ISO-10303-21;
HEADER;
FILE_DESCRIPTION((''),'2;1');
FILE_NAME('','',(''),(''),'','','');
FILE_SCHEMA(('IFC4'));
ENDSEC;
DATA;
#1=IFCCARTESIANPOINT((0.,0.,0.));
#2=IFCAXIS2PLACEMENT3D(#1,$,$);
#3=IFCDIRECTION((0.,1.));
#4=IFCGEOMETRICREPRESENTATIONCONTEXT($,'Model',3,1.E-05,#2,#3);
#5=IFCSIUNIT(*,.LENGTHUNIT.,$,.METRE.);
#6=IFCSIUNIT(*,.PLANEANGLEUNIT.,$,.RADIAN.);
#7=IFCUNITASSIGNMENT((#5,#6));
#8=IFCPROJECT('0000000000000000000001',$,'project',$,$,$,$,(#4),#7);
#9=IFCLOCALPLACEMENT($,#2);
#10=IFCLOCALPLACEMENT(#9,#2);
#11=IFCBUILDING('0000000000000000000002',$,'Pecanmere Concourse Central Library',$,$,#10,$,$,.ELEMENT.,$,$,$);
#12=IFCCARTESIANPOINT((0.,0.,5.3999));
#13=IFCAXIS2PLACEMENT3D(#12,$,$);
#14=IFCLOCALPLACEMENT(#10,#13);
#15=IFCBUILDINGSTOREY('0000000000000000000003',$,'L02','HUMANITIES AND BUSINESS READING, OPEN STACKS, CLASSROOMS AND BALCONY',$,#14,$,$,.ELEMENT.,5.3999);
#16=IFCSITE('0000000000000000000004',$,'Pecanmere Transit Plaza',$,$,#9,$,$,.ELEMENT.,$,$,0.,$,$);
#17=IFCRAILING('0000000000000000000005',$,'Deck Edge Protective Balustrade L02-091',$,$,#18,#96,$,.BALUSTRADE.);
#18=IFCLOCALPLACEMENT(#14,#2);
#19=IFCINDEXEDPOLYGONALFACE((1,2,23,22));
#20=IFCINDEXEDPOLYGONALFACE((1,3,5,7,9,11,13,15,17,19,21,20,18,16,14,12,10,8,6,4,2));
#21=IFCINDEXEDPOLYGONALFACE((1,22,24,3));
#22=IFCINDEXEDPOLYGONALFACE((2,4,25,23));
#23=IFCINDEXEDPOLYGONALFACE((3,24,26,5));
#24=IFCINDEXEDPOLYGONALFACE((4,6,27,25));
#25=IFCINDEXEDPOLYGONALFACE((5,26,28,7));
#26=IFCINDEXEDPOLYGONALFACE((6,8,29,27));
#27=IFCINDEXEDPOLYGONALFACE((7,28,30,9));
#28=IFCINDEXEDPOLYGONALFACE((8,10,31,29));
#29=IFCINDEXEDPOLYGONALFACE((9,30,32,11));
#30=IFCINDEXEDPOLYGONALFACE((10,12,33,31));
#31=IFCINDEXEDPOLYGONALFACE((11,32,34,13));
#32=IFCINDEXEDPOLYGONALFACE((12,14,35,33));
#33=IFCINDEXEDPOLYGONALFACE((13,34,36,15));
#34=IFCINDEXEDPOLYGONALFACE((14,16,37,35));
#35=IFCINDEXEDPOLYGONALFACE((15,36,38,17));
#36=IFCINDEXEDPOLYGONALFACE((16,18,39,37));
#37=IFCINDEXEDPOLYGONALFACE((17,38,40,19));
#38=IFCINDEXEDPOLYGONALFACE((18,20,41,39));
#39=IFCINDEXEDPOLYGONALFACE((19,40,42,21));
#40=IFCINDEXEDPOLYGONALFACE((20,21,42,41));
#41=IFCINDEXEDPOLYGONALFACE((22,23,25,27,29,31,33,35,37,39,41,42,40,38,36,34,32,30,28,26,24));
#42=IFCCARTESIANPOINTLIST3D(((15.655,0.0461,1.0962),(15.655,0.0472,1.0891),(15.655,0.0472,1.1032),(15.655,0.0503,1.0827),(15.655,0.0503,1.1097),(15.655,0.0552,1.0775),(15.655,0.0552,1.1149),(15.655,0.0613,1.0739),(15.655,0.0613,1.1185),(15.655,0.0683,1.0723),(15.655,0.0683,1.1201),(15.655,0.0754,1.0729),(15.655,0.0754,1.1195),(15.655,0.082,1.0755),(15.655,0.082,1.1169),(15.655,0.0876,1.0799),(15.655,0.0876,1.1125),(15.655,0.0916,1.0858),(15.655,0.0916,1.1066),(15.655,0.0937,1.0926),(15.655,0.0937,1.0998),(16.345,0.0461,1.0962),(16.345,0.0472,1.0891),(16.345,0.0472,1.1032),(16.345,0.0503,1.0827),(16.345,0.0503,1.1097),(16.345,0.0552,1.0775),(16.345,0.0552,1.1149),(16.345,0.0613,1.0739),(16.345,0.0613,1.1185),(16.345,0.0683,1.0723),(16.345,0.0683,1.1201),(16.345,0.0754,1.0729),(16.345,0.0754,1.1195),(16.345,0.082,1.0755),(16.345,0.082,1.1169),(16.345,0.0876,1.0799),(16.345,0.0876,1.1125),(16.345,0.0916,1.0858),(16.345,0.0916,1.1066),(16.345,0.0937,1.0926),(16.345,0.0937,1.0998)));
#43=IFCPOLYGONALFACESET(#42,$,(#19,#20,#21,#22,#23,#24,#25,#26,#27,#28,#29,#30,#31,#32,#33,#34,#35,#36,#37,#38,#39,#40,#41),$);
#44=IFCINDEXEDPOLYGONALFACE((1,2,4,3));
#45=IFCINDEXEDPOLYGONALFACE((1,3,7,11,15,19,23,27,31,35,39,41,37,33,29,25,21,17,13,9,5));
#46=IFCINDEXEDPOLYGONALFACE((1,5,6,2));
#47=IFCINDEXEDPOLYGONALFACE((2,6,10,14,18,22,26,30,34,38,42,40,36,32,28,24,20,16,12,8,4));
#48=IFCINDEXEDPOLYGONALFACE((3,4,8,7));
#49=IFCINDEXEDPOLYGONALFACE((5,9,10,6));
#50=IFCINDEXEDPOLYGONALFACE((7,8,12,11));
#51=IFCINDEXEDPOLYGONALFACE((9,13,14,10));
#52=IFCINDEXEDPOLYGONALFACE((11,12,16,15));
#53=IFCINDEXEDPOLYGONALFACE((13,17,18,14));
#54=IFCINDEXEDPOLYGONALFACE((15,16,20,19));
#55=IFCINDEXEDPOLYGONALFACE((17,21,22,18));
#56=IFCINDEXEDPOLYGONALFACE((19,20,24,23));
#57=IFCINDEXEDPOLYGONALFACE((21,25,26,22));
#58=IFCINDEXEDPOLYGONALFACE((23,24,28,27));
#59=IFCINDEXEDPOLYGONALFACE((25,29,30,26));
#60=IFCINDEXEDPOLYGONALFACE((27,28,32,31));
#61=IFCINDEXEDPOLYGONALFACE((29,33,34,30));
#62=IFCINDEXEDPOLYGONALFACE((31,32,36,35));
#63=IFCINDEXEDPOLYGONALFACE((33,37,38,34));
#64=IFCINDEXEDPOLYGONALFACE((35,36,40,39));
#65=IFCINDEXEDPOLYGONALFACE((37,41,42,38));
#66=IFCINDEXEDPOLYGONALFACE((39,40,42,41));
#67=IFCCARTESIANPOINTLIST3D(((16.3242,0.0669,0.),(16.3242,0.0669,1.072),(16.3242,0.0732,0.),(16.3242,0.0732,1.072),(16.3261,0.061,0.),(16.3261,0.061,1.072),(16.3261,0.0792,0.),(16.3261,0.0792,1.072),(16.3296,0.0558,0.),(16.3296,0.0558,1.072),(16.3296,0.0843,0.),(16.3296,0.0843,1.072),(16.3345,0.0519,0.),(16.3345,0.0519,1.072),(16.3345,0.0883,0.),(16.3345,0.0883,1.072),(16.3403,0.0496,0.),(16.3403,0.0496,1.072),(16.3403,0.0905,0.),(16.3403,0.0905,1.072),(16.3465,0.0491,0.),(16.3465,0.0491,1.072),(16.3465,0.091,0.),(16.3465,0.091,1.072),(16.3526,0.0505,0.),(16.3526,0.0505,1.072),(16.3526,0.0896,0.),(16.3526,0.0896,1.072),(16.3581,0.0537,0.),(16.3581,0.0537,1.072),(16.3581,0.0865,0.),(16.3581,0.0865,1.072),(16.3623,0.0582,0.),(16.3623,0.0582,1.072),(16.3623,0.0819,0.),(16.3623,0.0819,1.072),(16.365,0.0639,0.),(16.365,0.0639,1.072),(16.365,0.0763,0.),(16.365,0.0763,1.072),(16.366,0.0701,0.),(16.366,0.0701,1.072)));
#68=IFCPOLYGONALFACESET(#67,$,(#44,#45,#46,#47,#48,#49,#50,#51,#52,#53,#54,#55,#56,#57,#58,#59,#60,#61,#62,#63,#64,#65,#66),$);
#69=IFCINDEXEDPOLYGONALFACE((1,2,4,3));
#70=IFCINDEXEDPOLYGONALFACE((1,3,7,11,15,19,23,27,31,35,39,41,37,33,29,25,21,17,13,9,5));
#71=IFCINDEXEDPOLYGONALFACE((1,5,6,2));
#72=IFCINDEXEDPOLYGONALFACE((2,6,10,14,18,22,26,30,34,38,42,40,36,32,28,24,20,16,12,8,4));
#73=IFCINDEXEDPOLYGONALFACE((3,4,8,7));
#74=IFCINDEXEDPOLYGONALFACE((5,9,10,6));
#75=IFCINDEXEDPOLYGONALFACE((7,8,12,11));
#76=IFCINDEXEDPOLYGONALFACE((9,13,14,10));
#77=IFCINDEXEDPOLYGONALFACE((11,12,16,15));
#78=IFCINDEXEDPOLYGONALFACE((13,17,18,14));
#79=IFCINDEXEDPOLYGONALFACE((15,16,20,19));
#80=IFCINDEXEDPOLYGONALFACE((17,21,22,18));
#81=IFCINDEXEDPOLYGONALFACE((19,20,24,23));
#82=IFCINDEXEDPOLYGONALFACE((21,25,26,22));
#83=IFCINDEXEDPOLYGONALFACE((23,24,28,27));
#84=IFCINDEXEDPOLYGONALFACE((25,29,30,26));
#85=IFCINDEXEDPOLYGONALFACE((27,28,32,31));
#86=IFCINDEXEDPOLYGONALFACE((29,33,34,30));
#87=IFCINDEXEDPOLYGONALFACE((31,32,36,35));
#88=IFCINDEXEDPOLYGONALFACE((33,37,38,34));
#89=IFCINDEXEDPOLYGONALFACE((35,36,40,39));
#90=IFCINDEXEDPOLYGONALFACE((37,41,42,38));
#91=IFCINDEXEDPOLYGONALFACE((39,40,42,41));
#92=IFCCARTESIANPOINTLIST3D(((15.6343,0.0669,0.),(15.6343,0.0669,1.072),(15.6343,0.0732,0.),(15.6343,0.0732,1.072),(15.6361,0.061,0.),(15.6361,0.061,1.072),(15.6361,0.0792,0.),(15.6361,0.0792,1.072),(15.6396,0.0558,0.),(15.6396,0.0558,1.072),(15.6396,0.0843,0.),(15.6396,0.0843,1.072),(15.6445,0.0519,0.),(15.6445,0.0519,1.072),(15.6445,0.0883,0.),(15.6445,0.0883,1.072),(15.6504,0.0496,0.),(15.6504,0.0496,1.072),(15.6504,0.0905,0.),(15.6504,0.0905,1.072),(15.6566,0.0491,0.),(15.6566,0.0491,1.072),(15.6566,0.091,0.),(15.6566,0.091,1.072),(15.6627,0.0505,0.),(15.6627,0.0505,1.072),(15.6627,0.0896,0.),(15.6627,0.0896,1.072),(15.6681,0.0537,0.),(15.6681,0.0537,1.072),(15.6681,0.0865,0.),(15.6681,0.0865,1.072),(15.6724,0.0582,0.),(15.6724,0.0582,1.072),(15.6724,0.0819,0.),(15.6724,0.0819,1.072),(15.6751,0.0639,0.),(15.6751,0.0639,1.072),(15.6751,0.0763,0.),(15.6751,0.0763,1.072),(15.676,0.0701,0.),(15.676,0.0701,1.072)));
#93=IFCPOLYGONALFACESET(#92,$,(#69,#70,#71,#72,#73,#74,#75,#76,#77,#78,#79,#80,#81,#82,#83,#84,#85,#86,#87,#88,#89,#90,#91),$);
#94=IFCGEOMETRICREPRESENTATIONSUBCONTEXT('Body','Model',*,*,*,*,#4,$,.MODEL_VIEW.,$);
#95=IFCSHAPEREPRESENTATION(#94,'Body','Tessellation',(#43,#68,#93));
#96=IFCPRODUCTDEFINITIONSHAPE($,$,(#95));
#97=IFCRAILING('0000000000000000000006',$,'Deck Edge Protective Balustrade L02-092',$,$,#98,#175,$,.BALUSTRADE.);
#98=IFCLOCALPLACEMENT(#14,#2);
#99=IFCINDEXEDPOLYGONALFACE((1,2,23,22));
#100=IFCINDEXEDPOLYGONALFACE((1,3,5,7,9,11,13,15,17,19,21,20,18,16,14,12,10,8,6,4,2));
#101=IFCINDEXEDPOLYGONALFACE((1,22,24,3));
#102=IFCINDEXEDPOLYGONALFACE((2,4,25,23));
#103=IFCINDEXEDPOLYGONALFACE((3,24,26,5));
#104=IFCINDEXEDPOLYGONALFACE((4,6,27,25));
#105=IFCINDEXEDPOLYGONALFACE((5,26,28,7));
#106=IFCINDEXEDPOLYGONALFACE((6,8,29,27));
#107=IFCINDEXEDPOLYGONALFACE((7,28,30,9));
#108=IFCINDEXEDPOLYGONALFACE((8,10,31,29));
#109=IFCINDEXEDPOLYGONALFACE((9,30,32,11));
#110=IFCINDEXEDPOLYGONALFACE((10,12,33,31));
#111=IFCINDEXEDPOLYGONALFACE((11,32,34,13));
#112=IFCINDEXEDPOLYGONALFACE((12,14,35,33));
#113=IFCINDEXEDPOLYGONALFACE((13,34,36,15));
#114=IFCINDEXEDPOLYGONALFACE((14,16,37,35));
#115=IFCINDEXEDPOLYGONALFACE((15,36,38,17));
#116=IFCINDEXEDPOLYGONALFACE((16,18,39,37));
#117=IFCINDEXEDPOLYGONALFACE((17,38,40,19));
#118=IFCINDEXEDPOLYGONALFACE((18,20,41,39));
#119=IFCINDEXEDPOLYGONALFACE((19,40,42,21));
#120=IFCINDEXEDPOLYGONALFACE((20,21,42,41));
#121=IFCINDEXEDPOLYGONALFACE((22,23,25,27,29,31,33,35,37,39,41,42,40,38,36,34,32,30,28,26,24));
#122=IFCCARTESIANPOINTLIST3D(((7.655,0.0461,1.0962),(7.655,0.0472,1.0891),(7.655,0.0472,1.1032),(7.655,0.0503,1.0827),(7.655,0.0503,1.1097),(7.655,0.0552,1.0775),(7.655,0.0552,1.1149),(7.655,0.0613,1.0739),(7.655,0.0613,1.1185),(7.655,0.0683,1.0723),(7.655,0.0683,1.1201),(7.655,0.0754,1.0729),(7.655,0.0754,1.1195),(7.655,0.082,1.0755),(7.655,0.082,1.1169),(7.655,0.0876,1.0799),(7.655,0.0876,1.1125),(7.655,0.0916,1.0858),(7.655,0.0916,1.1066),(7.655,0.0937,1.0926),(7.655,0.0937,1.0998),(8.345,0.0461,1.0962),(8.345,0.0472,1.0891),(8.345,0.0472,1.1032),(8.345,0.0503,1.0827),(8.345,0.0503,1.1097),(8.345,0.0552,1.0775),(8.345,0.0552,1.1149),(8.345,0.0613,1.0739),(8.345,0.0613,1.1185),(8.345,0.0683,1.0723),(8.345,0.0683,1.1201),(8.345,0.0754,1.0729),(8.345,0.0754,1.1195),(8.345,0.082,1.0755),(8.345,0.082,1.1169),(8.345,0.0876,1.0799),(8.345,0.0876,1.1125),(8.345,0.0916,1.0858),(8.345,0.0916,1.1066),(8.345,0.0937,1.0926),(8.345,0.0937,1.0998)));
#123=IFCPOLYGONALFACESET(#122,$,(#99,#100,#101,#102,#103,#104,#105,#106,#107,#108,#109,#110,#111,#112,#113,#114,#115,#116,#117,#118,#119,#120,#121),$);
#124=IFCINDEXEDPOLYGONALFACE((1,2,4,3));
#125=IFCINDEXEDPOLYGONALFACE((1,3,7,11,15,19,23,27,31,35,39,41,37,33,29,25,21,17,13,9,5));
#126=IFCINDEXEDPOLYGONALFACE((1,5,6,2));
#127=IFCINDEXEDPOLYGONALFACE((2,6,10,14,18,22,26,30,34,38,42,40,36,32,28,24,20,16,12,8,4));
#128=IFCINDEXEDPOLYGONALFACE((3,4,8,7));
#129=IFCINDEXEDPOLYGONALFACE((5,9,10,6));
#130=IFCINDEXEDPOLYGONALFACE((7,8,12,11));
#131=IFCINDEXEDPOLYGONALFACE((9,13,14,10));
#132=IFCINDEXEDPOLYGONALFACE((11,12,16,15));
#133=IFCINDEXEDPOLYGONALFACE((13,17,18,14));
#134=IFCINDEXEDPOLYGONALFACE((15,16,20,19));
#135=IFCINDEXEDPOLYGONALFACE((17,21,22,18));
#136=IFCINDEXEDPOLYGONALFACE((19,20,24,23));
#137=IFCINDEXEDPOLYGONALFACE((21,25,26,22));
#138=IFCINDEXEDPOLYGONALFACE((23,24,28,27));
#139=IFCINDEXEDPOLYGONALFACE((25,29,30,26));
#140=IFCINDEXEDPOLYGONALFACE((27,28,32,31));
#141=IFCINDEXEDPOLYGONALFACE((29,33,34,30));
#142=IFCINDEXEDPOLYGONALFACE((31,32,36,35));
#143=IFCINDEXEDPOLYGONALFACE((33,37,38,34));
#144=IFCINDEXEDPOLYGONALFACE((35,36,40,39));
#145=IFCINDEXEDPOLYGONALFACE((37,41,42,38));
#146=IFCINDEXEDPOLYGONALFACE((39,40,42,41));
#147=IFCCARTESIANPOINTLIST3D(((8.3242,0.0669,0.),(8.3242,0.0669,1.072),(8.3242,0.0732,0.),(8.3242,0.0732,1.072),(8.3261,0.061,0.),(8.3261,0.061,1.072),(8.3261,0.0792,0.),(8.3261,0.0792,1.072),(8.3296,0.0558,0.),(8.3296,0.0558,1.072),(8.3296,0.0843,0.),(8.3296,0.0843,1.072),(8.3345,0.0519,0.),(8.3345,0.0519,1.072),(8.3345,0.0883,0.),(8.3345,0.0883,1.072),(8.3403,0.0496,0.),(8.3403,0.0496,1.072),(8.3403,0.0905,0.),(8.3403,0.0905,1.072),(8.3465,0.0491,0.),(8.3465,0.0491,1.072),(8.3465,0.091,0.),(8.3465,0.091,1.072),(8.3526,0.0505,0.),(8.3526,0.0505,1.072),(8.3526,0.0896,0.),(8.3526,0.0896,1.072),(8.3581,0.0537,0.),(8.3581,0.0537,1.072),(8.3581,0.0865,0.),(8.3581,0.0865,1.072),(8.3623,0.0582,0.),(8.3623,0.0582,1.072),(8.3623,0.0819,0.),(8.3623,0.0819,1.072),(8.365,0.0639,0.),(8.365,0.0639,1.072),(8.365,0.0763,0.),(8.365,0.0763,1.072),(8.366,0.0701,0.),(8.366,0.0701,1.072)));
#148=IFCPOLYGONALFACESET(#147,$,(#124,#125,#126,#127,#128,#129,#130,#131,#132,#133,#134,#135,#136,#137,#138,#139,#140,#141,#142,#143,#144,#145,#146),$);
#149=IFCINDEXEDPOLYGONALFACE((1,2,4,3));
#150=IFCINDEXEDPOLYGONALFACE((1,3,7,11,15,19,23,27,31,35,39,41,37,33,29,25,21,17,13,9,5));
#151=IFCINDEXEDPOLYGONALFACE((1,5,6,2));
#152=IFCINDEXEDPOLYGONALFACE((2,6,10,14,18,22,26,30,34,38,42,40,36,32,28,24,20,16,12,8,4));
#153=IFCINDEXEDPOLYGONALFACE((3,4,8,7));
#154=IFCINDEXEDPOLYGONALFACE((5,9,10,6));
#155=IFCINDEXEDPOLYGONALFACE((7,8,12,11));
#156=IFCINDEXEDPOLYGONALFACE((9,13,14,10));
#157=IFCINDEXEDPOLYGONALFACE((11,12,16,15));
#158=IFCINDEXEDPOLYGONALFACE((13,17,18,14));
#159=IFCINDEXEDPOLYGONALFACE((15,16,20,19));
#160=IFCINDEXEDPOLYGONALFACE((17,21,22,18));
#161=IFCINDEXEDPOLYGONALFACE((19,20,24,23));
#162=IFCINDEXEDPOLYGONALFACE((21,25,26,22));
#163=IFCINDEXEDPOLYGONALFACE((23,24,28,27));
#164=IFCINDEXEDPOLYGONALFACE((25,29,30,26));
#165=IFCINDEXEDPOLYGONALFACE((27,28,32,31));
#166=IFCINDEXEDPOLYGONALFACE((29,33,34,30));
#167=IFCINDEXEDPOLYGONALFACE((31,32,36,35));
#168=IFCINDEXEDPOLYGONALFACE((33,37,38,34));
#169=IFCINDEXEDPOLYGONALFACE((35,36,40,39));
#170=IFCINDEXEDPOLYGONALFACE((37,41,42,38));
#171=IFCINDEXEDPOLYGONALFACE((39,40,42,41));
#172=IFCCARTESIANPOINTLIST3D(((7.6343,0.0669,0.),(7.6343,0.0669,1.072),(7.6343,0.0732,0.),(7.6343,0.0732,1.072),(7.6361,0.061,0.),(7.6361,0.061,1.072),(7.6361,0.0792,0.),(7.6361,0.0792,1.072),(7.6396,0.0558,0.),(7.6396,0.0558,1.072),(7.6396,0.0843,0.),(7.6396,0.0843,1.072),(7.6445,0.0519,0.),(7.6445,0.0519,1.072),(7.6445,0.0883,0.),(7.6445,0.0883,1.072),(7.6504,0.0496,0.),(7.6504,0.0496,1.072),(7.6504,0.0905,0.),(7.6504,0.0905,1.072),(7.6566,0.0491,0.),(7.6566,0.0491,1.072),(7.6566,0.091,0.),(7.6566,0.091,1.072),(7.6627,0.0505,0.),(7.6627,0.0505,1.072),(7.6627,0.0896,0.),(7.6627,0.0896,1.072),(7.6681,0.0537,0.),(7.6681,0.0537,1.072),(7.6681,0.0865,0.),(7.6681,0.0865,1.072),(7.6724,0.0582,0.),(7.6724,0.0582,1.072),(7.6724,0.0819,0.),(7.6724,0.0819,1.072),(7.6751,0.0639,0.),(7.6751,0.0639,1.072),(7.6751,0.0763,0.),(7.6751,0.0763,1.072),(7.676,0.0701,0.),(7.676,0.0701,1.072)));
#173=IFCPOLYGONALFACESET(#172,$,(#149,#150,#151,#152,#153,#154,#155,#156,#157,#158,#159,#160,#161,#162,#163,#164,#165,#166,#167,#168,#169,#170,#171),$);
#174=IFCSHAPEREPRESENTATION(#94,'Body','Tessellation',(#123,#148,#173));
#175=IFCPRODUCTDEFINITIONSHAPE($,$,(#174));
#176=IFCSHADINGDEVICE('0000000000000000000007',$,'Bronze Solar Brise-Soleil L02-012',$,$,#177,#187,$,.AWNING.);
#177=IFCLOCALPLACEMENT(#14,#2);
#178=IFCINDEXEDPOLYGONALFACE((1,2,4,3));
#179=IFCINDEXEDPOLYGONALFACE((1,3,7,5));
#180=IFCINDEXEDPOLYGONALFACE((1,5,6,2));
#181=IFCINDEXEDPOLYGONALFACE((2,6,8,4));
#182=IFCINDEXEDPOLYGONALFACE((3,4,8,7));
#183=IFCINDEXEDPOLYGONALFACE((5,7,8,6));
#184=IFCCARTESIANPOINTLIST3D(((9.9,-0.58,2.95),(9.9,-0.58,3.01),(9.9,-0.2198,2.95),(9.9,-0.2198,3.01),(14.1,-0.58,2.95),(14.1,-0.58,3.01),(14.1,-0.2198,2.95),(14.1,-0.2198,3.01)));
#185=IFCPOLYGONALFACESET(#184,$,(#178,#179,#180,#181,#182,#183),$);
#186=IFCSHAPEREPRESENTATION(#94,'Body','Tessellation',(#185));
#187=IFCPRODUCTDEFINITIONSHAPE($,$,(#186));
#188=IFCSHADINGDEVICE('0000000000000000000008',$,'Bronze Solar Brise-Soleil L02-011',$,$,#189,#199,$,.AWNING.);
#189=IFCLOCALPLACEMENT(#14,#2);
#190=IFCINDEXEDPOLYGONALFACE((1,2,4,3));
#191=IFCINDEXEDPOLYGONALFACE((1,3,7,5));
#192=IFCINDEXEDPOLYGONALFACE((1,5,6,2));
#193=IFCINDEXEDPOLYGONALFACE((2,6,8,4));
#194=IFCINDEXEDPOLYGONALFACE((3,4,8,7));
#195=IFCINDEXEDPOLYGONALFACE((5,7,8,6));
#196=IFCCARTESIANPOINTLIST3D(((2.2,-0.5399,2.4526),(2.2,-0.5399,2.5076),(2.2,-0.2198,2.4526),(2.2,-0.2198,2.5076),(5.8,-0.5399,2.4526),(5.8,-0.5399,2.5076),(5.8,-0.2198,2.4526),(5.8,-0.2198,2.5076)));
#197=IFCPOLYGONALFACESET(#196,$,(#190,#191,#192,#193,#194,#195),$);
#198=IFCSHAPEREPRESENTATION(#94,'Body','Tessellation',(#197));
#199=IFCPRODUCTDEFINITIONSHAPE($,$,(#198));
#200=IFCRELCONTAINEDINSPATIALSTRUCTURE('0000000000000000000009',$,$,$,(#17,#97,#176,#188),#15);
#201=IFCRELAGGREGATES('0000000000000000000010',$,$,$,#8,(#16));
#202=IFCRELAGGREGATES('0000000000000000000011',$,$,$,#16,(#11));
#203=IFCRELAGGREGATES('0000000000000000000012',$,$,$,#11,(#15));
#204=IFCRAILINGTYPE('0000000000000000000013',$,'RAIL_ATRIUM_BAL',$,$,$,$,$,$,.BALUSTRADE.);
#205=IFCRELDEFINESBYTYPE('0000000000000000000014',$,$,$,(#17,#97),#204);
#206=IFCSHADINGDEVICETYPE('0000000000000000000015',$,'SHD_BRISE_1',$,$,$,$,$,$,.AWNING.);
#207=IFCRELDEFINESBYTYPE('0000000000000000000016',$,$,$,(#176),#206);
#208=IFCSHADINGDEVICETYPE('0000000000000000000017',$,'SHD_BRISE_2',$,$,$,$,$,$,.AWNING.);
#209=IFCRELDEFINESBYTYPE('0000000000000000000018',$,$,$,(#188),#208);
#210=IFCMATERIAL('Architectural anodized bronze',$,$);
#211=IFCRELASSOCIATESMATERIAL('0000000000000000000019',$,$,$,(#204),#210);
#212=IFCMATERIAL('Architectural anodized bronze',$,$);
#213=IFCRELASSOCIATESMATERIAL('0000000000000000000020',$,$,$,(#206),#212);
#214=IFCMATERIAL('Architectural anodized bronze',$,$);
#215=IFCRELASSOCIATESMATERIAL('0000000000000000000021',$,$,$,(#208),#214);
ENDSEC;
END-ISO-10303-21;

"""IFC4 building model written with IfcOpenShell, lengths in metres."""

from ifc_helpers import new_model, si_unit, direction, frame, origin, origin_2d, place, context, subcontext, project, spatial, rectangle, circle, extrude, material, type_object, element, save


model = new_model("IFC4")

# Units and contexts
model_context = context("Model", 3, precision=1e-05, world=origin(), true_north=direction((0.0, 1.0)))
body_context = subcontext(model_context, "Body", "Model", "MODEL_VIEW")
ifc_project = project(units=[si_unit("LENGTHUNIT", "METRE"), si_unit("PLANEANGLEUNIT", "RADIAN")], contexts=[model_context])

# Site, building, storey
site_placement = place(None, origin())
site = spatial("IfcSite", under=ifc_project, at=site_placement, Name="Pecanmere Transit Plaza", CompositionType="ELEMENT", RefElevation=0.0)
building_placement = place(site_placement, origin())
building = spatial("IfcBuilding", under=site, at=building_placement, Name="Pecanmere Concourse Central Library", CompositionType="ELEMENT")
storey_placement = place(building_placement, frame((0.0, 0.0, 5.3999)))
storey = spatial("IfcBuildingStorey", under=building, at=storey_placement, Name="L02", Description="HUMANITIES AND BUSINESS READING, OPEN STACKS, CLASSROOMS AND BALCONY", CompositionType="ELEMENT", Elevation=5.3999)

# Railings
ifc_material_1 = material(Name="Architectural anodized bronze")
railing_type = type_object("IfcRailingType", Name="RAIL_ATRIUM_BAL", PredefinedType="BALUSTRADE", material=ifc_material_1)
for number, where, name in (
    (1, (16.345, 0.0701, 0.0), "Deck Edge Protective Balustrade L02-091"),
    (2, (8.345, 0.0701, 0.0), "Deck Edge Protective Balustrade L02-092"),
):
    element("IfcRailing", number, at=place(storey_placement, frame(where)), inside=storey, type_object=railing_type, Name=name, PredefinedType="BALUSTRADE", context=body_context, shape_type="SweptSolid", body=[
        extrude(circle(Radius=0.0239, at=origin_2d()), frame((0.0, 0.0, 1.0962), z_axis=(-1.0, 0.0, 0.0), x_axis=(0.0, -1.0, 0.0)), (0.0, 0.0, 1.0), 0.6899),
        extrude(circle(Radius=0.021, at=origin_2d()), origin(), (0.0, 0.0, 1.0), 1.072),
        extrude(circle(Radius=0.021, at=origin_2d()), frame((-0.6899, 0.0, 0.0)), (0.0, 0.0, 1.0), 1.072),
    ])

# Shading devices
ifc_material_2 = material(Name="Architectural anodized bronze")
shading_device_type_1 = type_object("IfcShadingDeviceType", Name="SHD_BRISE_1", PredefinedType="AWNING", material=ifc_material_2)
shading_device_1_placement = place(storey_placement, frame((12.0, -0.3999, 2.95), z_axis=(0.0, 0.0, 1.0), x_axis=(1.0, 0.0, 0.0)))
element("IfcShadingDevice", 3, at=shading_device_1_placement, inside=storey, type_object=shading_device_type_1, Name="Bronze Solar Brise-Soleil L02-012", PredefinedType="AWNING", context=body_context, shape_type="SweptSolid", body=[
    extrude(rectangle(XDim=4.2, YDim=0.3601, at=origin_2d()), origin(), (0.0, 0.0, 1.0), 0.0601),
])
ifc_material_3 = material(Name="Architectural anodized bronze")
shading_device_type_2 = type_object("IfcShadingDeviceType", Name="SHD_BRISE_2", PredefinedType="AWNING", material=ifc_material_3)
shading_device_2_placement = place(storey_placement, frame((4.0, -0.3799, 2.4526), z_axis=(0.0, 0.0, 1.0), x_axis=(1.0, 0.0, 0.0)))
element("IfcShadingDevice", 4, at=shading_device_2_placement, inside=storey, type_object=shading_device_type_2, Name="Bronze Solar Brise-Soleil L02-011", PredefinedType="AWNING", context=body_context, shape_type="SweptSolid", body=[
    extrude(rectangle(XDim=3.6001, YDim=0.3201, at=origin_2d()), origin(), (0.0, 0.0, 1.0), 0.0549),
])

save(model, "model.ifc")
